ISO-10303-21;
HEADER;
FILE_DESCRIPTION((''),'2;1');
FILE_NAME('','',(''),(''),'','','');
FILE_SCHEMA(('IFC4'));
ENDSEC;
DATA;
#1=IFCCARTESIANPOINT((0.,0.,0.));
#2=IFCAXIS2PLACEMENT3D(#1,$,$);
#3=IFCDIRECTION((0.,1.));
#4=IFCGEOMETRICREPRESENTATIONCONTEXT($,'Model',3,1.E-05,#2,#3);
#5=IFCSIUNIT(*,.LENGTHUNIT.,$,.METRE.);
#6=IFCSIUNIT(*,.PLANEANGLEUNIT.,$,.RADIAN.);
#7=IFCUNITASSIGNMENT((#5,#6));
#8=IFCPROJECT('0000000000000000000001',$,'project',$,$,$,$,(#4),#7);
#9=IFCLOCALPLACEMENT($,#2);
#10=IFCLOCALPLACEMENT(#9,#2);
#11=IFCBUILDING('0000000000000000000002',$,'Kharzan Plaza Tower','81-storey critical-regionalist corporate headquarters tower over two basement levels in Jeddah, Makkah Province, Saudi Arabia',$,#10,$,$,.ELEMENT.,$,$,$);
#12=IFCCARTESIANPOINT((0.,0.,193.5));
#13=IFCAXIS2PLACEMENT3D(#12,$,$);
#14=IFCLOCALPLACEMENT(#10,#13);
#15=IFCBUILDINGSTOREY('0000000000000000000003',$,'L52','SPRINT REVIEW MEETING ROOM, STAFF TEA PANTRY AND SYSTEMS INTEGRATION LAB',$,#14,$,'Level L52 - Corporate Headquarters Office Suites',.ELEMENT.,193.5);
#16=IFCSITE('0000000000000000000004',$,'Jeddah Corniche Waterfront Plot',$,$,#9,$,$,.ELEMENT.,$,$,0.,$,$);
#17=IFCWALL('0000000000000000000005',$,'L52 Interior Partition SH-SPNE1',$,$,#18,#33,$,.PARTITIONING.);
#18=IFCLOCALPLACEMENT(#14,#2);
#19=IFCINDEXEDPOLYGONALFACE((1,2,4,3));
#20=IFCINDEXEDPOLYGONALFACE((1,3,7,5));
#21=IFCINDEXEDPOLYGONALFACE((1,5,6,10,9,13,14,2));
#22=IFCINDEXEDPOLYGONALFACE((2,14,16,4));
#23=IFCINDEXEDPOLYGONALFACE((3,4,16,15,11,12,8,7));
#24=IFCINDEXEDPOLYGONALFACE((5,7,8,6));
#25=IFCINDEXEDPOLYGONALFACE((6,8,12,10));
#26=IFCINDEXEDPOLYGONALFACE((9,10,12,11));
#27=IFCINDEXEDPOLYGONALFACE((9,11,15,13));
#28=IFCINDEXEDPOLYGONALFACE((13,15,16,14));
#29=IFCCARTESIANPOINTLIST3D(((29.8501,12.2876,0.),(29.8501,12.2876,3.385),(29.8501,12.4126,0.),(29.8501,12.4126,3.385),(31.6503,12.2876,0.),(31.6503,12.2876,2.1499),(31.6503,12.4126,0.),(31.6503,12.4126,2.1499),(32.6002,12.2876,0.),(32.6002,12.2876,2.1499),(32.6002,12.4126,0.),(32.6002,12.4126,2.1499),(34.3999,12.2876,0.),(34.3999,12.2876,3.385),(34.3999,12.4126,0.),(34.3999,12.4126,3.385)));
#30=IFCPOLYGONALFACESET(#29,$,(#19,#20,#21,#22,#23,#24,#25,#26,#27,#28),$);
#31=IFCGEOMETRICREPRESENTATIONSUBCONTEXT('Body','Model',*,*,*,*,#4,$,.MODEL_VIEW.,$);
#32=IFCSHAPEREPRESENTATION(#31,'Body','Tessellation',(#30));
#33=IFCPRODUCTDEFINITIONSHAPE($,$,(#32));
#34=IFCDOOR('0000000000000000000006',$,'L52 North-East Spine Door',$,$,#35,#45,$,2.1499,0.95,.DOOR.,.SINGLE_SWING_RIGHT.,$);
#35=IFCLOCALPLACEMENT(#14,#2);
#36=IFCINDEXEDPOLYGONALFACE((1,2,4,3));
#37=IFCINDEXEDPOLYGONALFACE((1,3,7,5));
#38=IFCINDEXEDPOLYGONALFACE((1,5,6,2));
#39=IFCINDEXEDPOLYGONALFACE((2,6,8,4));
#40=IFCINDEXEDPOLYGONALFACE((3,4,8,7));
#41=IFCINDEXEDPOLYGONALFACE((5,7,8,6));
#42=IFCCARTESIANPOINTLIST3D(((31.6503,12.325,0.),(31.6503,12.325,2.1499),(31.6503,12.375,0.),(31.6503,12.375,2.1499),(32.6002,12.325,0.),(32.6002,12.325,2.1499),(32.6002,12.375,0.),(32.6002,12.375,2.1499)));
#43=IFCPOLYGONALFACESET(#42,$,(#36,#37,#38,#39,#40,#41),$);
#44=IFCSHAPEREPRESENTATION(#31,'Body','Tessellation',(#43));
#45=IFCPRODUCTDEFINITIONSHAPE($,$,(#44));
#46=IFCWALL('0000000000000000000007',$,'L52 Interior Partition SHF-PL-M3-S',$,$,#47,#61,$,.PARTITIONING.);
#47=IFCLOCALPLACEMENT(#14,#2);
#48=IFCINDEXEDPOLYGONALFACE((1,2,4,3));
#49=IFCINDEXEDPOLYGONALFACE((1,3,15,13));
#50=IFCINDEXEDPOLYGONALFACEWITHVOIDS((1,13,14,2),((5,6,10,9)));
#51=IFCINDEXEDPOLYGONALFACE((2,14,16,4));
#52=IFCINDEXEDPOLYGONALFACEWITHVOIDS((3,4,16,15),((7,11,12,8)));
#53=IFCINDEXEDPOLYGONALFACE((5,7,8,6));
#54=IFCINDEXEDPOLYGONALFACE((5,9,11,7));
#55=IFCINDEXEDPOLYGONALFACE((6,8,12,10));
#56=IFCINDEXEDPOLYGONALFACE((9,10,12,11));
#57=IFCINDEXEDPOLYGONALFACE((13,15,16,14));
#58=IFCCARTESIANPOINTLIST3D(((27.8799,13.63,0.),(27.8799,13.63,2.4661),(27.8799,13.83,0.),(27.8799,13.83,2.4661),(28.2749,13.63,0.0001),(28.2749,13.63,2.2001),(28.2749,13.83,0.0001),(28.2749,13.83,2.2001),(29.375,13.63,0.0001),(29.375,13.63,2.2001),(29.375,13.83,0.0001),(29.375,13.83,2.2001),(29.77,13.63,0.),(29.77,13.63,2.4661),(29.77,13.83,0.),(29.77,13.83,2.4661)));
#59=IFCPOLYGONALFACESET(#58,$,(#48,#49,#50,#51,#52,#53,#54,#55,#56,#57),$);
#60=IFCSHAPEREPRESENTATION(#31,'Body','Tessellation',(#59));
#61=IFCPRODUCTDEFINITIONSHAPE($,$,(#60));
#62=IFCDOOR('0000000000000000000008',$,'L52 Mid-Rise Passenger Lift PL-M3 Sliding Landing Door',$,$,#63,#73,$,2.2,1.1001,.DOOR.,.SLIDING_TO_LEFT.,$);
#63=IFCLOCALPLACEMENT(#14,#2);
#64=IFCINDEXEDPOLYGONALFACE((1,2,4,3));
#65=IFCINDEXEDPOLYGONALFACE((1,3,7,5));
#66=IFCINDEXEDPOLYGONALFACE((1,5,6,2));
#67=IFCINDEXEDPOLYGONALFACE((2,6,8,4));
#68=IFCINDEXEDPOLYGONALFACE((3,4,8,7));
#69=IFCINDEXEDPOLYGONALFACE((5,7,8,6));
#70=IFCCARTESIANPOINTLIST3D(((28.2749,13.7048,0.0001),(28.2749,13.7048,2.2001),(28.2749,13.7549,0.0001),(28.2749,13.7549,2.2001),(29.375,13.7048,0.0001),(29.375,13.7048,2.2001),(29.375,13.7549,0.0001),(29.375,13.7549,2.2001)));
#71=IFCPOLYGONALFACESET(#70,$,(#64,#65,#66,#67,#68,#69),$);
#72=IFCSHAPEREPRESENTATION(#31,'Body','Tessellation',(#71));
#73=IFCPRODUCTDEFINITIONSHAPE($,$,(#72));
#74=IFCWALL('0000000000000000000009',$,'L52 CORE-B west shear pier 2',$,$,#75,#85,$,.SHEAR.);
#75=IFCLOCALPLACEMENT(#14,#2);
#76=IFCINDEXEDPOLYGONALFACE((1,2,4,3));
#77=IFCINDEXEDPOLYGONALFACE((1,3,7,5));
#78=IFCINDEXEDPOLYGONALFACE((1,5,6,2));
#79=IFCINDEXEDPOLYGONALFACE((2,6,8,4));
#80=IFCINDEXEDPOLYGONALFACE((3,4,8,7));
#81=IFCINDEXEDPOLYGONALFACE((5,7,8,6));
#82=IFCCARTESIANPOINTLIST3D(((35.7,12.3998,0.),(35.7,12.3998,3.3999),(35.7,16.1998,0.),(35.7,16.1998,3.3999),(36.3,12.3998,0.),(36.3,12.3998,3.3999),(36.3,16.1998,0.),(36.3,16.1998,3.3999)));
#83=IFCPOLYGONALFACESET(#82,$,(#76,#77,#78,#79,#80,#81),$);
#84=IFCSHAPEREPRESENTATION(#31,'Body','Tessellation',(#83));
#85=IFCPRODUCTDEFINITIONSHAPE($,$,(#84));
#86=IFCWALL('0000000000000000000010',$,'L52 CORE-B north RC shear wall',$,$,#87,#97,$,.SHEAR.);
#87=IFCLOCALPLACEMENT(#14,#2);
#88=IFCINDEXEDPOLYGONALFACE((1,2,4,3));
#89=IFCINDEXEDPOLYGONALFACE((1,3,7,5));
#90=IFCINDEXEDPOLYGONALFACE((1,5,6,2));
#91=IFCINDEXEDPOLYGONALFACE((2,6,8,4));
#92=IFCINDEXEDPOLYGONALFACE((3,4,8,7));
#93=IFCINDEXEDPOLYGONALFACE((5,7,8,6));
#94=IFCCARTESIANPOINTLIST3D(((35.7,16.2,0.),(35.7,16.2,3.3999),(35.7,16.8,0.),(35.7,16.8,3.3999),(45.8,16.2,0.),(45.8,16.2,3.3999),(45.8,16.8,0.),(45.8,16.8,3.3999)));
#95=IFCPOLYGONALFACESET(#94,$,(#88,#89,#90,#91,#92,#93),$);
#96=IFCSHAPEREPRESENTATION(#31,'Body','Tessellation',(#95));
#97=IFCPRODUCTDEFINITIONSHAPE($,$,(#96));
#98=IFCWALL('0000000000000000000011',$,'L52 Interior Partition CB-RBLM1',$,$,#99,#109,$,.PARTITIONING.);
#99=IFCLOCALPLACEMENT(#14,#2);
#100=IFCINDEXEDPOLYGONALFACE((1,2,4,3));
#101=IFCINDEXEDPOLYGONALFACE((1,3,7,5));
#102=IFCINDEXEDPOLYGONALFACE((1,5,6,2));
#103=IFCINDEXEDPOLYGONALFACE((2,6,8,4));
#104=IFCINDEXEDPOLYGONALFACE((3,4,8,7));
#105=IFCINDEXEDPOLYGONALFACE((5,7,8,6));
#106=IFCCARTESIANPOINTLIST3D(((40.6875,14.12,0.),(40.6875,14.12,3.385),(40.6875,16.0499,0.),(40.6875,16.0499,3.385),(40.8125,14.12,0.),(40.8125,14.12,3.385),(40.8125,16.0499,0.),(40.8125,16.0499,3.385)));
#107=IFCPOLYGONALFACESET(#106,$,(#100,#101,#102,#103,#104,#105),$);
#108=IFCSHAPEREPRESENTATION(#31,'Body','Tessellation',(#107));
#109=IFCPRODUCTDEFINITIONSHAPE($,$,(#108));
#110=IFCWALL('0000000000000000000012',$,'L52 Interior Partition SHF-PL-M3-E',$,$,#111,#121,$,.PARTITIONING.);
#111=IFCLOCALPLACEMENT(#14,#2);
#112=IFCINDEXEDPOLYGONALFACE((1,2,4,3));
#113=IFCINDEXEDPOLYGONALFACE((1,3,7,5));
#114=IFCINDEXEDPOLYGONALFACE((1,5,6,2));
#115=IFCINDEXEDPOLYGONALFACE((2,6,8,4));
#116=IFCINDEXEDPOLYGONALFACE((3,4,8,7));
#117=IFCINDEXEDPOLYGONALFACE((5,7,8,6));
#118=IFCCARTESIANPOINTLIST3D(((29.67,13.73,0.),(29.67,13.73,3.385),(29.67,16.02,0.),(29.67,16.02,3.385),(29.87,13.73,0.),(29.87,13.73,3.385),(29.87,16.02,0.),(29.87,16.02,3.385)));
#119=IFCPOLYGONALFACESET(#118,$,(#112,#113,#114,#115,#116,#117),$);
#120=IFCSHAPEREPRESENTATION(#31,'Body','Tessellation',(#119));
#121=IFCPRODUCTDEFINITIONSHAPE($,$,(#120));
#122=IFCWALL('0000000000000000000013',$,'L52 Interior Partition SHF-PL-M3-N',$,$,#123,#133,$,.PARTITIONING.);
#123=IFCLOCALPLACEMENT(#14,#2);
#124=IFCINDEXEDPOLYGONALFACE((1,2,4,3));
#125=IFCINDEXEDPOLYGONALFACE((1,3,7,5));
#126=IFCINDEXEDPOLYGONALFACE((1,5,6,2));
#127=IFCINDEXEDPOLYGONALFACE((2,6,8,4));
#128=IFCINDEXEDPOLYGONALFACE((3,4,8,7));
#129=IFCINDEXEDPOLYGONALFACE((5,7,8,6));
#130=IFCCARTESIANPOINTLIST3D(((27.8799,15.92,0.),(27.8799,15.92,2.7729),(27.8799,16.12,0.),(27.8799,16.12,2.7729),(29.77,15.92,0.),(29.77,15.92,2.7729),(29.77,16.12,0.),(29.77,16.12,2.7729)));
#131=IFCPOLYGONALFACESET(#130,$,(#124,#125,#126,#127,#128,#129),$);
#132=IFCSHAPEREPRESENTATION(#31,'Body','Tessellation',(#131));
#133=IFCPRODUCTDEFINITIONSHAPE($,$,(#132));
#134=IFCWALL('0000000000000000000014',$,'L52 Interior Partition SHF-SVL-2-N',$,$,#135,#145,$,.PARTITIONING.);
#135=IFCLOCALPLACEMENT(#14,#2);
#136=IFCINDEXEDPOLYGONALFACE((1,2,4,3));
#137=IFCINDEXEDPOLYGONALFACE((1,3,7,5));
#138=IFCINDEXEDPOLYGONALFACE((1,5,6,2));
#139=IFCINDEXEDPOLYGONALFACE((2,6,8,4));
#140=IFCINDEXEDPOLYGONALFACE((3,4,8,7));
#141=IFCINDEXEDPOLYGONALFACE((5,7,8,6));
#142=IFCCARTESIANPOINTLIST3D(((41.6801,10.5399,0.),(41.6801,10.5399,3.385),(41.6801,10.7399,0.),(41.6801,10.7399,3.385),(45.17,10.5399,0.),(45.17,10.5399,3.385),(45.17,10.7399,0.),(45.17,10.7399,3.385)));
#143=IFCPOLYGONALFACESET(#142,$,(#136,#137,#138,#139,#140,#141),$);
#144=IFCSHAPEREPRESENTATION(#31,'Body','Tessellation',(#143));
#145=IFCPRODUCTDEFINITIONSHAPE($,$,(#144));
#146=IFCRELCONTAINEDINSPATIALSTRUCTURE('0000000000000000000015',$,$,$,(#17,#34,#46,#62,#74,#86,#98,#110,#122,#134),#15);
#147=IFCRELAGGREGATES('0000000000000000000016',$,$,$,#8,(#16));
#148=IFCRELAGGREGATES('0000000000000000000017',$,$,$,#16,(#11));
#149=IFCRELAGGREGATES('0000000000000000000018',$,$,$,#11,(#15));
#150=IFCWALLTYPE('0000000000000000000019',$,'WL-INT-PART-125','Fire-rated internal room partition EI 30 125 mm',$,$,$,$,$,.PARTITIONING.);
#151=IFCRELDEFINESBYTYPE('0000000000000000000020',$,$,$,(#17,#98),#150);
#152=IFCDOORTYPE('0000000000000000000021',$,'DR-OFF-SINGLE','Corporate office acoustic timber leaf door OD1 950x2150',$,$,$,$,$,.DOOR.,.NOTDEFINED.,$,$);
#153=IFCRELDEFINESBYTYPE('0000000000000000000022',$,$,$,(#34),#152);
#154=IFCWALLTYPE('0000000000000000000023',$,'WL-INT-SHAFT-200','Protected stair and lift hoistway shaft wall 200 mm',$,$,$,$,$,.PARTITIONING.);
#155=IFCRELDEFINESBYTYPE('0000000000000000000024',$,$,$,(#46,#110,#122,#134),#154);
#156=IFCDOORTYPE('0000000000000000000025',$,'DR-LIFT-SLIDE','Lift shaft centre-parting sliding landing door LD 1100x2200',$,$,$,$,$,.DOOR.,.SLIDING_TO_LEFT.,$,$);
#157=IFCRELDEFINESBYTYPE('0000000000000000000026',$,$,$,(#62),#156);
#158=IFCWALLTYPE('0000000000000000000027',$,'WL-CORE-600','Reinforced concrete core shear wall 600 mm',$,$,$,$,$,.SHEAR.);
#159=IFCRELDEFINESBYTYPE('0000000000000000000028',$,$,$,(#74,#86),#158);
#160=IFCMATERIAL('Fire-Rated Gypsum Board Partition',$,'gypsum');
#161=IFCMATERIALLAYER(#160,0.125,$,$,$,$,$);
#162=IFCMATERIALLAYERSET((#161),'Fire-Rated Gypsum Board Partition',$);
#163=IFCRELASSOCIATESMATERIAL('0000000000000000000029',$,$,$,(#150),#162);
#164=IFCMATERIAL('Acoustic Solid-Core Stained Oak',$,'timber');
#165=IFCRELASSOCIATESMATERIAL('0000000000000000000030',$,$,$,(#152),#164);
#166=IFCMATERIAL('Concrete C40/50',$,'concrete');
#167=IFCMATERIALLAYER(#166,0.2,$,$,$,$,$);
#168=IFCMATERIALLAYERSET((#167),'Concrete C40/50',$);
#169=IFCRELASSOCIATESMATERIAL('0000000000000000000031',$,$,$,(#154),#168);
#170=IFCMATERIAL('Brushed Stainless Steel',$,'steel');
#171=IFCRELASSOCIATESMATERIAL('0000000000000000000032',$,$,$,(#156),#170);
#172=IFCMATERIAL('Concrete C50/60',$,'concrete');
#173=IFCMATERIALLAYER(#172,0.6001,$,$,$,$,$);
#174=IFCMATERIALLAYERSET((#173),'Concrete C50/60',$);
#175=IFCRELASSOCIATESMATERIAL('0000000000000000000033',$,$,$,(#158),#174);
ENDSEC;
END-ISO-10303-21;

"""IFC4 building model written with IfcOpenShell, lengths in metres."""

from ifc_helpers import new_model, si_unit, direction, frame, frame_2d, origin, place, context, subcontext, project, spatial, rectangle, extrude, source, transform, mapped, material, layer, layer_set, type_object, element, fill, save


model = new_model("IFC4")

# Units and contexts
model_context = context("Model", 3, precision=1e-05, world=origin(), true_north=direction((0.0, 1.0)))
body_context = subcontext(model_context, "Body", "Model", "MODEL_VIEW")
ifc_project = project(units=[si_unit("LENGTHUNIT", "METRE"), si_unit("PLANEANGLEUNIT", "RADIAN")], contexts=[model_context])

# Site, building, storey
site_placement = place(None, origin())
site = spatial("IfcSite", under=ifc_project, at=site_placement, Name="Jeddah Corniche Waterfront Plot", CompositionType="ELEMENT", RefElevation=0.0)
building_placement = place(site_placement, origin())
building = spatial("IfcBuilding", under=site, at=building_placement, Name="Kharzan Plaza Tower", Description="81-storey critical-regionalist corporate headquarters tower over two basement levels in Jeddah, Makkah Province, Saudi Arabia", CompositionType="ELEMENT")
storey_placement = place(building_placement, frame((0.0, 0.0, 193.5)))
storey = spatial("IfcBuildingStorey", under=building, at=storey_placement, Name="L52", Description="SPRINT REVIEW MEETING ROOM, STAFF TEA PANTRY AND SYSTEMS INTEGRATION LAB", LongName="Level L52 - Corporate Headquarters Office Suites", CompositionType="ELEMENT", Elevation=193.5)

# Shared definitions
ifc_material_1 = material(Name="Concrete C50/60", Category="concrete")

# Shared definitions
ifc_material_2 = material(Name="Concrete C40/50", Category="concrete")

# Walls, openings, doors
ifc_material_3 = material(Name="Fire-Rated Gypsum Board Partition", Category="gypsum")
ifc_layer_1 = layer(ifc_material_3, 0.125)
ifc_layer_set_1 = layer_set([ifc_layer_1], Name="Fire-Rated Gypsum Board Partition")
wall_type_1 = type_object("IfcWallType", Name="WL-INT-PART-125", Description="Fire-rated internal room partition EI 30 125 mm", PredefinedType="PARTITIONING", material=ifc_layer_set_1)
ifc_material_4 = material(Name="Acoustic Solid-Core Stained Oak", Category="timber")
door_type_1 = type_object("IfcDoorType", Name="DR-OFF-SINGLE", Description="Corporate office acoustic timber leaf door OD1 950x2150", OperationType="NOTDEFINED", PredefinedType="DOOR", material=ifc_material_4)
shared_shape_1 = source(origin(), body_context, "Body", "SweptSolid", [
    extrude(rectangle(XDim=0.95, YDim=2.1499, at=frame_2d((0.4751, 1.075))), frame((0.0, 0.0249, 0.0), z_axis=(0.0, -1.0, 0.0), x_axis=(1.0, 0.0, 0.0)), (0.0, 0.0, 1.0), 0.05),
])
wall_1_placement = place(storey_placement, frame((29.8501, 12.3501, 0.0), z_axis=(0.0, 0.0, 1.0), x_axis=(1.0, 0.0, 0.0)))
wall_1 = element("IfcWall", 1, at=wall_1_placement, inside=storey, type_object=wall_type_1, Name="L52 Interior Partition SH-SPNE1", PredefinedType="PARTITIONING", context=body_context, shape_type="SweptSolid", body=[
    extrude(rectangle(XDim=4.5498, YDim=0.125, at=frame_2d((2.2749, 0.0))), origin(), (0.0, 0.0, 1.0), 3.385),
])
opening_1_placement = place(wall_1_placement, frame((1.8, 0.0, 0.0)))
opening_1 = element("IfcOpeningElement", 2, at=opening_1_placement, cuts=wall_1, PredefinedType="OPENING", context=body_context, shape_type="SweptSolid", body=[
    extrude(rectangle(XDim=0.95, YDim=2.1499, at=frame_2d((0.4751, 1.075))), frame((0.0, 0.0725, 0.0), z_axis=(0.0, -1.0, 0.0), x_axis=(1.0, 0.0, 0.0)), (0.0, 0.0, 1.0), 0.145),
])
door_1_placement = place(opening_1_placement, origin())
door_1 = element("IfcDoor", 3, at=door_1_placement, inside=storey, type_object=door_type_1, Name="L52 North-East Spine Door", OperationType="SINGLE_SWING_RIGHT", OverallHeight=2.1499, OverallWidth=0.95, PredefinedType="DOOR", context=body_context, shape_type="MappedRepresentation", body=[
    mapped(shared_shape_1, transform((0.0, 0.0, 0.0), x_axis=(1.0, 0.0, 0.0), y_axis=(0.0, 1.0, 0.0), z_axis=(0.0, 0.0, 1.0))),
])
fill(opening_1, door_1)
ifc_layer_2 = layer(ifc_material_2, 0.2)
ifc_layer_set_2 = layer_set([ifc_layer_2], Name="Concrete C40/50")
wall_type_2 = type_object("IfcWallType", Name="WL-INT-SHAFT-200", Description="Protected stair and lift hoistway shaft wall 200 mm", PredefinedType="PARTITIONING", material=ifc_layer_set_2)
wall_2_placement = place(storey_placement, frame((27.8799, 13.73, 0.0), z_axis=(0.0, 0.0, 1.0), x_axis=(1.0, 0.0, 0.0)))
wall_2 = element("IfcWall", 4, at=wall_2_placement, inside=storey, type_object=wall_type_2, Name="L52 Interior Partition SHF-PL-M3-S", PredefinedType="PARTITIONING", context=body_context, shape_type="SweptSolid", body=[
    extrude(rectangle(XDim=1.8901, YDim=0.2, at=frame_2d((0.9451, 0.0))), origin(), (0.0, 0.0, 1.0), 2.4661),
])
opening_2_placement = place(wall_2_placement, frame((0.395, 0.0, 0.0)))
opening_2 = element("IfcOpeningElement", 5, at=opening_2_placement, cuts=wall_2, PredefinedType="OPENING", context=body_context, shape_type="SweptSolid", body=[
    extrude(rectangle(XDim=1.1001, YDim=2.2, at=frame_2d((0.55, 1.1001))), frame((0.0, 0.1099, 0.0), z_axis=(0.0, -1.0, 0.0), x_axis=(1.0, 0.0, 0.0)), (0.0, 0.0, 1.0), 0.22),
])
ifc_material_5 = material(Name="Brushed Stainless Steel", Category="steel")
door_type_2 = type_object("IfcDoorType", Name="DR-LIFT-SLIDE", Description="Lift shaft centre-parting sliding landing door LD 1100x2200", OperationType="SLIDING_TO_LEFT", PredefinedType="DOOR", material=ifc_material_5)
shared_shape_2 = source(origin(), body_context, "Body", "SweptSolid", [
    extrude(rectangle(XDim=1.1001, YDim=2.2, at=frame_2d((0.55, 1.1001))), frame((0.0, 0.0249, 0.0), z_axis=(0.0, -1.0, 0.0), x_axis=(1.0, 0.0, 0.0)), (0.0, 0.0, 1.0), 0.05),
])
door_2_placement = place(opening_2_placement, origin())
door_2 = element("IfcDoor", 6, at=door_2_placement, inside=storey, type_object=door_type_2, Name="L52 Mid-Rise Passenger Lift PL-M3 Sliding Landing Door", OperationType="SLIDING_TO_LEFT", OverallHeight=2.2, OverallWidth=1.1001, PredefinedType="DOOR", context=body_context, shape_type="MappedRepresentation", body=[
    mapped(shared_shape_2, transform((0.0, 0.0, 0.0), x_axis=(1.0, 0.0, 0.0), y_axis=(0.0, 1.0, 0.0), z_axis=(0.0, 0.0, 1.0))),
])
fill(opening_2, door_2)

# Walls
ifc_layer_3 = layer(ifc_material_1, 0.6001)
ifc_layer_set_3 = layer_set([ifc_layer_3], Name="Concrete C50/60")
wall_type_3 = type_object("IfcWallType", Name="WL-CORE-600", Description="Reinforced concrete core shear wall 600 mm", PredefinedType="SHEAR", material=ifc_layer_set_3)
shared_shape_3 = source(origin(), body_context, "Body", "SweptSolid", [
    extrude(rectangle(XDim=3.8, YDim=0.6001, at=frame_2d((1.8999, 0.0))), origin(), (0.0, 0.0, 1.0), 3.3999),
])
wall_3_placement = place(storey_placement, frame((36.0, 12.3999, 0.0), z_axis=(0.0, 0.0, 1.0), x_axis=(0.0, 1.0, 0.0)))
element("IfcWall", 7, at=wall_3_placement, inside=storey, type_object=wall_type_3, Name="L52 CORE-B west shear pier 2", PredefinedType="SHEAR", context=body_context, shape_type="MappedRepresentation", body=[
    mapped(shared_shape_3, transform((0.0, 0.0, 0.0), x_axis=(1.0, 0.0, 0.0), y_axis=(0.0, 1.0, 0.0), z_axis=(0.0, 0.0, 1.0))),
])
shared_shape_4 = source(origin(), body_context, "Body", "SweptSolid", [
    extrude(rectangle(XDim=10.1001, YDim=0.6001, at=frame_2d((5.05, 0.0))), origin(), (0.0, 0.0, 1.0), 3.3999),
])
wall_4_placement = place(storey_placement, frame((35.7, 16.5, 0.0), z_axis=(0.0, 0.0, 1.0), x_axis=(1.0, 0.0, 0.0)))
element("IfcWall", 8, at=wall_4_placement, inside=storey, type_object=wall_type_3, Name="L52 CORE-B north RC shear wall", PredefinedType="SHEAR", context=body_context, shape_type="MappedRepresentation", body=[
    mapped(shared_shape_4, transform((0.0, 0.0, 0.0), x_axis=(1.0, 0.0, 0.0), y_axis=(0.0, 1.0, 0.0), z_axis=(0.0, 0.0, 1.0))),
])
shared_shape_5 = source(origin(), body_context, "Body", "SweptSolid", [
    extrude(rectangle(XDim=1.9299, YDim=0.125, at=frame_2d((0.9648, 0.0))), origin(), (0.0, 0.0, 1.0), 3.385),
])
wall_5_placement = place(storey_placement, frame((40.75, 14.1201, 0.0), z_axis=(0.0, 0.0, 1.0), x_axis=(0.0, 1.0, 0.0)))
element("IfcWall", 9, at=wall_5_placement, inside=storey, type_object=wall_type_1, Name="L52 Interior Partition CB-RBLM1", PredefinedType="PARTITIONING", context=body_context, shape_type="MappedRepresentation", body=[
    mapped(shared_shape_5, transform((0.0, 0.0, 0.0), x_axis=(1.0, 0.0, 0.0), y_axis=(0.0, 1.0, 0.0), z_axis=(0.0, 0.0, 1.0))),
])
shared_shape_6 = source(origin(), body_context, "Body", "SweptSolid", [
    extrude(rectangle(XDim=2.29, YDim=0.2, at=frame_2d((1.145, 0.0))), origin(), (0.0, 0.0, 1.0), 3.385),
])
wall_6_placement = place(storey_placement, frame((29.77, 13.73, 0.0), z_axis=(0.0, 0.0, 1.0), x_axis=(0.0, 1.0, 0.0)))
element("IfcWall", 10, at=wall_6_placement, inside=storey, type_object=wall_type_2, Name="L52 Interior Partition SHF-PL-M3-E", PredefinedType="PARTITIONING", context=body_context, shape_type="MappedRepresentation", body=[
    mapped(shared_shape_6, transform((0.0, 0.0, 0.0), x_axis=(1.0, 0.0, 0.0), y_axis=(0.0, 1.0, 0.0), z_axis=(0.0, 0.0, 1.0))),
])
shared_shape_7 = source(origin(), body_context, "Body", "SweptSolid", [
    extrude(rectangle(XDim=1.8901, YDim=0.2, at=frame_2d((0.9451, 0.0))), origin(), (0.0, 0.0, 1.0), 2.7729),
])
wall_7_placement = place(storey_placement, frame((27.8799, 16.02, 0.0), z_axis=(0.0, 0.0, 1.0), x_axis=(1.0, 0.0, 0.0)))
element("IfcWall", 11, at=wall_7_placement, inside=storey, type_object=wall_type_2, Name="L52 Interior Partition SHF-PL-M3-N", PredefinedType="PARTITIONING", context=body_context, shape_type="MappedRepresentation", body=[
    mapped(shared_shape_7, transform((0.0, 0.0, 0.0), x_axis=(1.0, 0.0, 0.0), y_axis=(0.0, 1.0, 0.0), z_axis=(0.0, 0.0, 1.0))),
])
shared_shape_8 = source(origin(), body_context, "Body", "SweptSolid", [
    extrude(rectangle(XDim=3.49, YDim=0.2, at=frame_2d((1.7451, 0.0))), origin(), (0.0, 0.0, 1.0), 3.385),
])
wall_8_placement = place(storey_placement, frame((41.6799, 10.6399, 0.0), z_axis=(0.0, 0.0, 1.0), x_axis=(1.0, 0.0, 0.0)))
element("IfcWall", 12, at=wall_8_placement, inside=storey, type_object=wall_type_2, Name="L52 Interior Partition SHF-SVL-2-N", PredefinedType="PARTITIONING", context=body_context, shape_type="MappedRepresentation", body=[
    mapped(shared_shape_8, transform((0.0, 0.0, 0.0), x_axis=(1.0, 0.0, 0.0), y_axis=(0.0, 1.0, 0.0), z_axis=(0.0, 0.0, 1.0))),
])

save(model, "model.ifc")
